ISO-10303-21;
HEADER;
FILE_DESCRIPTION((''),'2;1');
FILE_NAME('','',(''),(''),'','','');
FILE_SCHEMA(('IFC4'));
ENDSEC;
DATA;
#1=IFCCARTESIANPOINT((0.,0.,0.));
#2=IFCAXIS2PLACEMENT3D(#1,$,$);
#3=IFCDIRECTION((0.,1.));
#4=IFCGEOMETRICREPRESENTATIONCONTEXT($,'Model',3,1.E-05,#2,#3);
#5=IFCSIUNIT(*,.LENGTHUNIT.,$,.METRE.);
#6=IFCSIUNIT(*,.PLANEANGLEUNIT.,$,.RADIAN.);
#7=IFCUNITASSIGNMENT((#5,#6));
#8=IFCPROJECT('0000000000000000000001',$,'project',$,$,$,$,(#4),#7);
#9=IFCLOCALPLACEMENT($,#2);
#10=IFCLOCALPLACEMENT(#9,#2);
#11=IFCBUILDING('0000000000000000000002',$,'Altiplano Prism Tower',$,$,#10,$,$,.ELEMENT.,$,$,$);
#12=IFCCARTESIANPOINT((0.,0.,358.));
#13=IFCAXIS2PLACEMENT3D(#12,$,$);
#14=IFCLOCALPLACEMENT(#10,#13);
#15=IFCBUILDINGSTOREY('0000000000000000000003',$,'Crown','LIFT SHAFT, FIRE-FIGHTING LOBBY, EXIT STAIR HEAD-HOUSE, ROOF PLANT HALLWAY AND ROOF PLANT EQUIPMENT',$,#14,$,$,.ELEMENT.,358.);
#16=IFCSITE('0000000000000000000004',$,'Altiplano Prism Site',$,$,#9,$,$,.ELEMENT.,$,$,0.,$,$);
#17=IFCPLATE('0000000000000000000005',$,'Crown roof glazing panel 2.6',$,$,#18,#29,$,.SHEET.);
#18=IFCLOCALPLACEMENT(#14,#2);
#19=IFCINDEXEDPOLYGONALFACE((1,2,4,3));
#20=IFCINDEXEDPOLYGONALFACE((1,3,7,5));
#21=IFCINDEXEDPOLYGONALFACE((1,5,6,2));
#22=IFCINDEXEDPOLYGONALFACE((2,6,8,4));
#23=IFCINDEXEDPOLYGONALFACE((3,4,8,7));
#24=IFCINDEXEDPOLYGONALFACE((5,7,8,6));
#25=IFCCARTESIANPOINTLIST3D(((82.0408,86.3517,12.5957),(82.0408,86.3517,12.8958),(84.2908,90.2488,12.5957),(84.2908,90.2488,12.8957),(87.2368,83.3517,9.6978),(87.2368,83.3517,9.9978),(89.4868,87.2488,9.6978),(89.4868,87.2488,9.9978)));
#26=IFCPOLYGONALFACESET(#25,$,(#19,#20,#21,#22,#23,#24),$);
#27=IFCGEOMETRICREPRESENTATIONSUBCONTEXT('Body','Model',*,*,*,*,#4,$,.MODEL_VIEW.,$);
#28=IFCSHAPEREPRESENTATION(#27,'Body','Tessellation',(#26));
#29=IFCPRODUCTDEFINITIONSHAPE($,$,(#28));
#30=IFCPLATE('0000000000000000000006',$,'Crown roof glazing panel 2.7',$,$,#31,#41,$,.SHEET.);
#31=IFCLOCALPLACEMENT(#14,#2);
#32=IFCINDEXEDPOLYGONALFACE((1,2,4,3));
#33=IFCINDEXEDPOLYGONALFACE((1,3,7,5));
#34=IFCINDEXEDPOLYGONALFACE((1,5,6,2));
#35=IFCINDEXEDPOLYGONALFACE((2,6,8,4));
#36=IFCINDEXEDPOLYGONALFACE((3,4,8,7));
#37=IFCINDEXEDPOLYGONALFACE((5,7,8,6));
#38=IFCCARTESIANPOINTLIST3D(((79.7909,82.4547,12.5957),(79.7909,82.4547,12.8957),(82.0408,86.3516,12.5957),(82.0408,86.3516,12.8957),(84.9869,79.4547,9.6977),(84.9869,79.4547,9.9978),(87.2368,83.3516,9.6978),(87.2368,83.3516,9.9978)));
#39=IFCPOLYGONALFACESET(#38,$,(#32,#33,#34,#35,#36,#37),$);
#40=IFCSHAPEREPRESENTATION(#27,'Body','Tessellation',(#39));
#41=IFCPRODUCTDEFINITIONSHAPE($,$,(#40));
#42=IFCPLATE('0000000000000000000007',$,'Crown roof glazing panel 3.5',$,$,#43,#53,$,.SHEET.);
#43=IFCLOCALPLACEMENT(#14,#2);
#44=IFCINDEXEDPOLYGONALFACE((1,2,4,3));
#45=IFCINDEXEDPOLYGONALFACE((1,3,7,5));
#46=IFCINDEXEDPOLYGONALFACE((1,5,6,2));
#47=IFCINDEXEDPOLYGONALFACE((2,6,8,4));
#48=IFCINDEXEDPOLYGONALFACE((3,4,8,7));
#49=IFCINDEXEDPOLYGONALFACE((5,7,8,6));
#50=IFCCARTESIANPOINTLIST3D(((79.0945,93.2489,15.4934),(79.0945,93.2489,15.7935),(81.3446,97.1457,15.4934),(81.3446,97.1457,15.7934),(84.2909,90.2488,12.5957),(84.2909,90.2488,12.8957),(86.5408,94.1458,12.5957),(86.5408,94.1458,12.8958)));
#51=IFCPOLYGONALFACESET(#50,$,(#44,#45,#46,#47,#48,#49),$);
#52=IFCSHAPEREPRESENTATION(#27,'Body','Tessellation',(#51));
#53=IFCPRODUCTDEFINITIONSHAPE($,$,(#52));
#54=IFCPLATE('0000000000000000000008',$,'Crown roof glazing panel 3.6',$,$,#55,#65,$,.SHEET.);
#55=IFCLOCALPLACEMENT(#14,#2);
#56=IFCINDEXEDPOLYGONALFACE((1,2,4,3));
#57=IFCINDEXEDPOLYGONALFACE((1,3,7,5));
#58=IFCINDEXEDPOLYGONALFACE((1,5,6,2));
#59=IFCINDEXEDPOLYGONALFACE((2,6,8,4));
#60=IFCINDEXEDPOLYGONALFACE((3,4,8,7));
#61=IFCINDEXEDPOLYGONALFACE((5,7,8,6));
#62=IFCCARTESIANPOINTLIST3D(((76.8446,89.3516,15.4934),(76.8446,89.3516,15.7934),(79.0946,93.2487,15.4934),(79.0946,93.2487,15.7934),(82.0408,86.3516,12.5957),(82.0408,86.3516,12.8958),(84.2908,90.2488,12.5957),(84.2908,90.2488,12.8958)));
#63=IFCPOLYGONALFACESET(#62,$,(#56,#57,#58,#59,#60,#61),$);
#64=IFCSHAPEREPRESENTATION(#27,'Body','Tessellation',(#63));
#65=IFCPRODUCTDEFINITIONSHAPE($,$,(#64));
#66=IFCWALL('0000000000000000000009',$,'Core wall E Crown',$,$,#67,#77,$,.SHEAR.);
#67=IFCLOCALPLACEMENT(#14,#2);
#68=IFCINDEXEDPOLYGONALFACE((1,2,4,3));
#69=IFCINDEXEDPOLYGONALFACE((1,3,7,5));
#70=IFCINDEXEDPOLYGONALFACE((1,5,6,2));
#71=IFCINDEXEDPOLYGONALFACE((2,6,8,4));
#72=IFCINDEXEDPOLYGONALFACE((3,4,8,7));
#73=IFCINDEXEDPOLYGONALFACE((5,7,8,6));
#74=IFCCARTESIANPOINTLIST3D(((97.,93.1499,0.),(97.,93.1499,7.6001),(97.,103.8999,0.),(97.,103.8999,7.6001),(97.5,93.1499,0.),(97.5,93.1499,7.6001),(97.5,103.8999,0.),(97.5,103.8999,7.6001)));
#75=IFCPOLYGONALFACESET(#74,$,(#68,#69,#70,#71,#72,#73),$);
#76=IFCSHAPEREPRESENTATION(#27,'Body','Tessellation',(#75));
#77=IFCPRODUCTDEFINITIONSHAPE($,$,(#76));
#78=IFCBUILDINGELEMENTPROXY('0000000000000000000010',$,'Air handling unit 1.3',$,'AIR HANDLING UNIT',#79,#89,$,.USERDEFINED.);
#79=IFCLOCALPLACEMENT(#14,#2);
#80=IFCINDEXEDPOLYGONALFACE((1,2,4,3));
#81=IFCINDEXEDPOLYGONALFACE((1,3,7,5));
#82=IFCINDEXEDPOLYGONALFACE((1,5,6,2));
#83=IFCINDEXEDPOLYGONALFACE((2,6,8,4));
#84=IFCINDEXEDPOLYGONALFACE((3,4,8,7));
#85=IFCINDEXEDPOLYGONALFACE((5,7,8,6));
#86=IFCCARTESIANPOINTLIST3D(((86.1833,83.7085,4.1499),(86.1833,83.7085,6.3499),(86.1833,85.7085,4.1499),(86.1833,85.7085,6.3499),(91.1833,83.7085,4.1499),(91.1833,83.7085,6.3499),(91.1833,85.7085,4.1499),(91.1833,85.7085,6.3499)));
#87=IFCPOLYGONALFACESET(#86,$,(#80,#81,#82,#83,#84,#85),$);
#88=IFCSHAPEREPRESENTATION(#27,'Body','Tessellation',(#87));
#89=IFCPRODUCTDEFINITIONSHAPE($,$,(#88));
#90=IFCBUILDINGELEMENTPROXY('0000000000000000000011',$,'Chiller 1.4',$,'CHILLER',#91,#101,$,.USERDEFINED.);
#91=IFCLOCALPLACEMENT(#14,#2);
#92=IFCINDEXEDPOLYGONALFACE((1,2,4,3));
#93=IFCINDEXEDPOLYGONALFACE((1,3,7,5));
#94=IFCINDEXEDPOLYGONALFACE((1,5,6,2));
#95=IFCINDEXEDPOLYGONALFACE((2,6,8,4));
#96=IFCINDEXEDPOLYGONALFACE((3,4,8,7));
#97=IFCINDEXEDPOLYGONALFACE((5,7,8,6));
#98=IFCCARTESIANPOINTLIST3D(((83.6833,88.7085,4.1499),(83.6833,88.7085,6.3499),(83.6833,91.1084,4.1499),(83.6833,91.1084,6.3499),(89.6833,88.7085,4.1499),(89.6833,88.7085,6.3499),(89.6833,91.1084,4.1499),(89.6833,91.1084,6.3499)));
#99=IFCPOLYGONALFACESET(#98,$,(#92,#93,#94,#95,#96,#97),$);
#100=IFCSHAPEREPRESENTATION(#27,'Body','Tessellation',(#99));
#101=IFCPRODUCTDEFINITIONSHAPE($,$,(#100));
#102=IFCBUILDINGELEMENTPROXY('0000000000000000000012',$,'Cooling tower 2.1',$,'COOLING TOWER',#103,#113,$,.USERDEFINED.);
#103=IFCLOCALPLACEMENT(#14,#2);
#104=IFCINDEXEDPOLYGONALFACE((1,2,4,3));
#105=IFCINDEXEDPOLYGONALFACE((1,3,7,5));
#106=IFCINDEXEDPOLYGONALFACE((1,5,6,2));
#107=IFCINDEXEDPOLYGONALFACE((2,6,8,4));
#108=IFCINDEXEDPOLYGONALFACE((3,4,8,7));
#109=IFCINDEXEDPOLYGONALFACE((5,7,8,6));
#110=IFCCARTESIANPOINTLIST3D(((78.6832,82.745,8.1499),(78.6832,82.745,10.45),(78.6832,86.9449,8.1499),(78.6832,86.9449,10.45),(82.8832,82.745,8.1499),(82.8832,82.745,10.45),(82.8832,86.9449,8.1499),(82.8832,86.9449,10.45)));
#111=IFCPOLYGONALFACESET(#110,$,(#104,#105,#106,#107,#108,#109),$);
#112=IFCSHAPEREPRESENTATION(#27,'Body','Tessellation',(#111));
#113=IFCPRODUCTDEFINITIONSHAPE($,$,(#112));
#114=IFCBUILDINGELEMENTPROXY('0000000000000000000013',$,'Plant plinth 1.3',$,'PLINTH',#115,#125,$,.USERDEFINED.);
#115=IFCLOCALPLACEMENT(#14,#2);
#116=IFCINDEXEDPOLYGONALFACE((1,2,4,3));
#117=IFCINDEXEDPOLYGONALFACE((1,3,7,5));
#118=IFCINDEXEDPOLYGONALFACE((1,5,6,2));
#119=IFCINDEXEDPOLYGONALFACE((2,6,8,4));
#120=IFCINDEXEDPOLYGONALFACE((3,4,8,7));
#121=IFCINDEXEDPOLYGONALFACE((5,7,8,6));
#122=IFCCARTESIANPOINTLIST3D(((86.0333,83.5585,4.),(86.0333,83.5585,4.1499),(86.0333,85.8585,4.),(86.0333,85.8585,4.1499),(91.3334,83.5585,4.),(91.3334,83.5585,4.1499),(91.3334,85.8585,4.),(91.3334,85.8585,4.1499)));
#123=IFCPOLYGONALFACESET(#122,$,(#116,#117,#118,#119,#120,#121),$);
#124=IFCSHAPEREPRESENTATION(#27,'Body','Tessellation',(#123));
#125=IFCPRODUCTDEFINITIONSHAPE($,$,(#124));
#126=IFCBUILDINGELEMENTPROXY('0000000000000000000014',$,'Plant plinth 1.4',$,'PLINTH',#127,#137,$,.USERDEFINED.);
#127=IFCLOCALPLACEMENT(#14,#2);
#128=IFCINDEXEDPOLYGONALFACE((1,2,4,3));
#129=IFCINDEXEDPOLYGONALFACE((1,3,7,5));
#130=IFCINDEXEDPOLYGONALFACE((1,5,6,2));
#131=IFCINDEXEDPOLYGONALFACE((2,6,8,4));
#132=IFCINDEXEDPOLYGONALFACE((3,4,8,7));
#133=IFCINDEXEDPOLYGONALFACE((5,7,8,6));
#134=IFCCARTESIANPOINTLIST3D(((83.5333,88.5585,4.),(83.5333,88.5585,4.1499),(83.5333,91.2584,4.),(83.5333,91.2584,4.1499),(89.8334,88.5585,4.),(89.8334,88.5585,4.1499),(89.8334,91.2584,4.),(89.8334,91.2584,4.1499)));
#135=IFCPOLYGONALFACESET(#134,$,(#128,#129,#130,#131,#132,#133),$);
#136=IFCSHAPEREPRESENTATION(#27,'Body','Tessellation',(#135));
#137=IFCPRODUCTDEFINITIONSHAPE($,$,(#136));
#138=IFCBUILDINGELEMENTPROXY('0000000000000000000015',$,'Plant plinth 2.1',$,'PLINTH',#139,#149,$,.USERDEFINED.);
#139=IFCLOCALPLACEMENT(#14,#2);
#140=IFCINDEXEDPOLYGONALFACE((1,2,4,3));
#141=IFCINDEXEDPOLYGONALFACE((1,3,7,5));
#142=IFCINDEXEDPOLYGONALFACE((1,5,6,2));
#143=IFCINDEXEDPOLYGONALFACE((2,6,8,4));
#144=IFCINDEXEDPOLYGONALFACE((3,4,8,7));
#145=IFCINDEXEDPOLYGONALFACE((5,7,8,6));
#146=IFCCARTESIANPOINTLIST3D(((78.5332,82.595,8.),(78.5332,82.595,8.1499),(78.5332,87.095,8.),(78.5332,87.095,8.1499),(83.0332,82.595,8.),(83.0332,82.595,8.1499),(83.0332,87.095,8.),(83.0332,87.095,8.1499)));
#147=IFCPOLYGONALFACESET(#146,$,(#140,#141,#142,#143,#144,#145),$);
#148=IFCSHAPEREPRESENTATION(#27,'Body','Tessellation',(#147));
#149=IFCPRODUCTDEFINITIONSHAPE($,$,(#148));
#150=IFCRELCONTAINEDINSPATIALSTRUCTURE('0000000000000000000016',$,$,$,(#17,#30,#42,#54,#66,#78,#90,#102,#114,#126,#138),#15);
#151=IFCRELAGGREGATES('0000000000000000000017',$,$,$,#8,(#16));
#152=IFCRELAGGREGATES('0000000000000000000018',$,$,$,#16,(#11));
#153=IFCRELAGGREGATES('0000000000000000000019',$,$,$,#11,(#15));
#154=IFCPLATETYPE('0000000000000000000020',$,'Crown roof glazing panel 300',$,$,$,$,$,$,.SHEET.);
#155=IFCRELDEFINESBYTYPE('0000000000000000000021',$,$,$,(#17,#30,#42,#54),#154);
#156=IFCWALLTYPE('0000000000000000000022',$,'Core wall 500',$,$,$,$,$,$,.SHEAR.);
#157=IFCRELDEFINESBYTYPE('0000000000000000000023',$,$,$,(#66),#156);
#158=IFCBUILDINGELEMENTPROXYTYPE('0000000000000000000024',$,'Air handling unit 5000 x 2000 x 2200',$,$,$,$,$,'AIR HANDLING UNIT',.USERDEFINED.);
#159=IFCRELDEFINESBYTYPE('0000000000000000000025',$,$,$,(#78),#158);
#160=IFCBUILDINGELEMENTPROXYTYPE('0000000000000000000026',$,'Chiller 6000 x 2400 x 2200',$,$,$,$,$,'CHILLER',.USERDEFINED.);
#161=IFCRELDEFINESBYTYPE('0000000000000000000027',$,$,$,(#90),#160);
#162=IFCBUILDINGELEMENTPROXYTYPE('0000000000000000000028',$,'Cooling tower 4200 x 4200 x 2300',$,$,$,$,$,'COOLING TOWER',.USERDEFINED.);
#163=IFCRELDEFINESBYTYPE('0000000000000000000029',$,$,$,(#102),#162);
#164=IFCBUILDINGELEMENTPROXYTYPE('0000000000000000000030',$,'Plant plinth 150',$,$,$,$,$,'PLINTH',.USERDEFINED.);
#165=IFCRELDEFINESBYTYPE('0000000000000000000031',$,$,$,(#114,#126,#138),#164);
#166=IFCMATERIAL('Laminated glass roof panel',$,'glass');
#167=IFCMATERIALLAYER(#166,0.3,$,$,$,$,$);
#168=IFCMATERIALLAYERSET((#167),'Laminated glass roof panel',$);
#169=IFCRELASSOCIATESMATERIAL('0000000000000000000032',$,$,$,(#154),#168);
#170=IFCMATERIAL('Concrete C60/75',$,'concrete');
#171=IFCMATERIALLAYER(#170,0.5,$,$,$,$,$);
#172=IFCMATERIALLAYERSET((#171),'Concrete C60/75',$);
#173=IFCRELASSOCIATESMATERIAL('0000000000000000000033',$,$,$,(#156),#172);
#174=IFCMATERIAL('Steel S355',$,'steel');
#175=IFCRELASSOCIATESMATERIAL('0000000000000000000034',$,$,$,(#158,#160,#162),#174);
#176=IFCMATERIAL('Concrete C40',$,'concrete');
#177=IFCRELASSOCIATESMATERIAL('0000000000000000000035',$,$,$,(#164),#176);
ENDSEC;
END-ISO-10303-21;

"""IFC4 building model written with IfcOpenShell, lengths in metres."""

from ifc_helpers import new_model, si_unit, direction, frame, frame_2d, origin, origin_2d, place, context, subcontext, project, spatial, polyline, rectangle, outline, extrude, material, layer, layer_set, type_object, element, save


model = new_model("IFC4")

# Units and contexts
model_context = context("Model", 3, precision=1e-05, world=origin(), true_north=direction((0.0, 1.0)))
body_context = subcontext(model_context, "Body", "Model", "MODEL_VIEW")
ifc_project = project(units=[si_unit("LENGTHUNIT", "METRE"), si_unit("PLANEANGLEUNIT", "RADIAN")], contexts=[model_context])

# Site, building, storey
site_placement = place(None, origin())
site = spatial("IfcSite", under=ifc_project, at=site_placement, Name="Altiplano Prism Site", CompositionType="ELEMENT", RefElevation=0.0)
building_placement = place(site_placement, origin())
building = spatial("IfcBuilding", under=site, at=building_placement, Name="Altiplano Prism Tower", CompositionType="ELEMENT")
storey_placement = place(building_placement, frame((0.0, 0.0, 358.0)))
storey = spatial("IfcBuildingStorey", under=building, at=storey_placement, Name="Crown", Description="LIFT SHAFT, FIRE-FIGHTING LOBBY, EXIT STAIR HEAD-HOUSE, ROOF PLANT HALLWAY AND ROOF PLANT EQUIPMENT", CompositionType="ELEMENT", Elevation=358.0)

# Shared definitions
ifc_material_1 = material(Name="Steel S355", Category="steel")

# Plates
ifc_material_2 = material(Name="Laminated glass roof panel", Category="glass")
ifc_layer_1 = layer(ifc_material_2, 0.3)
ifc_layer_set_1 = layer_set([ifc_layer_1], Name="Laminated glass roof panel")
plate_type_1 = type_object("IfcPlateType", Name="Crown roof glazing panel 300", PredefinedType="SHEET", material=ifc_layer_set_1)
plate_1_placement = place(storey_placement, frame((89.4868, 87.2488, 9.9978), z_axis=(0.376658, -0.217458, 0.900467), x_axis=(-0.779823, 0.45024, 0.434925)))
element("IfcPlate", 1, at=plate_1_placement, inside=storey, type_object=plate_type_1, Name="Crown roof glazing panel 2.6", PredefinedType="SHEET", context=body_context, shape_type="SweptSolid", body=[
    extrude(outline(polyline([(0.0, 0.0), (6.6631, 0.0), (6.6631, 4.5), (0.0, 4.5), (0.0, 0.0)])), origin(), (-0.434925, -0.000008, -0.900467), 0.3),
])
plate_2_placement = place(storey_placement, frame((87.2368, 83.3516, 9.9978), z_axis=(0.376652, -0.217468, 0.900467), x_axis=(-0.779823, 0.45024, 0.434925)))
element("IfcPlate", 2, at=plate_2_placement, inside=storey, type_object=plate_type_1, Name="Crown roof glazing panel 2.7", PredefinedType="SHEET", context=body_context, shape_type="SweptSolid", body=[
    extrude(outline(polyline([(0.0, 0.0), (6.6631, 0.0), (6.6631, 4.4998), (0.0, 4.4998), (0.0, 0.0)])), origin(), (-0.434925, 0.000003, -0.900467), 0.3),
])
plate_3_placement = place(storey_placement, frame((86.5408, 94.1458, 12.8958), z_axis=(0.376616, -0.217447, 0.900487), x_axis=(-0.77985, 0.450235, 0.434882)))
element("IfcPlate", 3, at=plate_3_placement, inside=storey, type_object=plate_type_1, Name="Crown roof glazing panel 3.5", PredefinedType="SHEET", context=body_context, shape_type="SweptSolid", body=[
    extrude(outline(polyline([(0.0, 0.0), (6.6631, 0.0), (6.6633, 4.4998), (0.0, 4.4998), (0.0, 0.0)])), origin(), (-0.434882, 0.000011, -0.900487), 0.3),
])
plate_4_placement = place(storey_placement, frame((84.2908, 90.2488, 12.8958), z_axis=(0.376622, -0.217437, 0.900487), x_axis=(-0.77985, 0.450235, 0.434882)))
element("IfcPlate", 4, at=plate_4_placement, inside=storey, type_object=plate_type_1, Name="Crown roof glazing panel 3.6", PredefinedType="SHEET", context=body_context, shape_type="SweptSolid", body=[
    extrude(outline(polyline([(0.0, 0.0), (6.6631, 0.0), (6.6631, 4.5), (0.0, 4.5), (0.0, 0.0)])), origin(), (-0.434882, 0.0, -0.900487), 0.3),
])

# Wall
ifc_material_3 = material(Name="Concrete C60/75", Category="concrete")
ifc_layer_2 = layer(ifc_material_3, 0.5)
ifc_layer_set_2 = layer_set([ifc_layer_2], Name="Concrete C60/75")
wall_type = type_object("IfcWallType", Name="Core wall 500", PredefinedType="SHEAR", material=ifc_layer_set_2)
wall_placement = place(storey_placement, frame((97.25, 93.1499, 0.0), z_axis=(0.0, 0.0, 1.0), x_axis=(0.0, 1.0, 0.0)))
element("IfcWall", 5, at=wall_placement, inside=storey, type_object=wall_type, Name="Core wall E Crown", PredefinedType="SHEAR", context=body_context, shape_type="SweptSolid", body=[
    extrude(rectangle(XDim=10.75, YDim=0.5, at=frame_2d((5.375, 0.0))), origin(), (0.0, 0.0, 1.0), 7.6001),
])

# Building element proxies
building_element_proxy_type_1 = type_object("IfcBuildingElementProxyType", Name="Air handling unit 5000 x 2000 x 2200", ElementType="AIR HANDLING UNIT", PredefinedType="USERDEFINED", material=ifc_material_1)
proxy_1_placement = place(storey_placement, frame((88.6833, 84.7085, 4.1499), z_axis=(0.0, 0.0, 1.0), x_axis=(1.0, 0.0, 0.0)))
element("IfcBuildingElementProxy", 6, at=proxy_1_placement, inside=storey, type_object=building_element_proxy_type_1, Name="Air handling unit 1.3", ObjectType="AIR HANDLING UNIT", PredefinedType="USERDEFINED", context=body_context, shape_type="SweptSolid", body=[
    extrude(rectangle(XDim=5.0, YDim=2.0, at=origin_2d()), origin(), (0.0, 0.0, 1.0), 2.2),
])
building_element_proxy_type_2 = type_object("IfcBuildingElementProxyType", Name="Chiller 6000 x 2400 x 2200", ElementType="CHILLER", PredefinedType="USERDEFINED", material=ifc_material_1)
proxy_2_placement = place(storey_placement, frame((86.6833, 89.9084, 4.1499), z_axis=(0.0, 0.0, 1.0), x_axis=(1.0, 0.0, 0.0)))
element("IfcBuildingElementProxy", 7, at=proxy_2_placement, inside=storey, type_object=building_element_proxy_type_2, Name="Chiller 1.4", ObjectType="CHILLER", PredefinedType="USERDEFINED", context=body_context, shape_type="SweptSolid", body=[
    extrude(rectangle(XDim=6.0, YDim=2.3999, at=origin_2d()), origin(), (0.0, 0.0, 1.0), 2.2),
])
building_element_proxy_type_3 = type_object("IfcBuildingElementProxyType", Name="Cooling tower 4200 x 4200 x 2300", ElementType="COOLING TOWER", PredefinedType="USERDEFINED", material=ifc_material_1)
proxy_3_placement = place(storey_placement, frame((80.7832, 84.845, 8.1499), z_axis=(0.0, 0.0, 1.0), x_axis=(1.0, 0.0, 0.0)))
element("IfcBuildingElementProxy", 8, at=proxy_3_placement, inside=storey, type_object=building_element_proxy_type_3, Name="Cooling tower 2.1", ObjectType="COOLING TOWER", PredefinedType="USERDEFINED", context=body_context, shape_type="SweptSolid", body=[
    extrude(rectangle(XDim=4.2, YDim=4.2, at=origin_2d()), origin(), (0.0, 0.0, 1.0), 2.3),
])
ifc_material_4 = material(Name="Concrete C40", Category="concrete")
building_element_proxy_type_4 = type_object("IfcBuildingElementProxyType", Name="Plant plinth 150", ElementType="PLINTH", PredefinedType="USERDEFINED", material=ifc_material_4)
proxy_4_placement = place(storey_placement, frame((88.6833, 84.7085, 4.0), z_axis=(0.0, 0.0, 1.0), x_axis=(1.0, 0.0, 0.0)))
element("IfcBuildingElementProxy", 9, at=proxy_4_placement, inside=storey, type_object=building_element_proxy_type_4, Name="Plant plinth 1.3", ObjectType="PLINTH", PredefinedType="USERDEFINED", context=body_context, shape_type="SweptSolid", body=[
    extrude(rectangle(XDim=5.3, YDim=2.3, at=origin_2d()), origin(), (0.0, 0.0, 1.0), 0.1499),
])
proxy_5_placement = place(storey_placement, frame((86.6833, 89.9084, 4.0), z_axis=(0.0, 0.0, 1.0), x_axis=(1.0, 0.0, 0.0)))
element("IfcBuildingElementProxy", 10, at=proxy_5_placement, inside=storey, type_object=building_element_proxy_type_4, Name="Plant plinth 1.4", ObjectType="PLINTH", PredefinedType="USERDEFINED", context=body_context, shape_type="SweptSolid", body=[
    extrude(rectangle(XDim=6.3, YDim=2.7, at=origin_2d()), origin(), (0.0, 0.0, 1.0), 0.1499),
])
proxy_6_placement = place(storey_placement, frame((80.7832, 84.845, 8.0), z_axis=(0.0, 0.0, 1.0), x_axis=(1.0, 0.0, 0.0)))
element("IfcBuildingElementProxy", 11, at=proxy_6_placement, inside=storey, type_object=building_element_proxy_type_4, Name="Plant plinth 2.1", ObjectType="PLINTH", PredefinedType="USERDEFINED", context=body_context, shape_type="SweptSolid", body=[
    extrude(rectangle(XDim=4.5, YDim=4.5, at=origin_2d()), origin(), (0.0, 0.0, 1.0), 0.1499),
])

save(model, "model.ifc")
